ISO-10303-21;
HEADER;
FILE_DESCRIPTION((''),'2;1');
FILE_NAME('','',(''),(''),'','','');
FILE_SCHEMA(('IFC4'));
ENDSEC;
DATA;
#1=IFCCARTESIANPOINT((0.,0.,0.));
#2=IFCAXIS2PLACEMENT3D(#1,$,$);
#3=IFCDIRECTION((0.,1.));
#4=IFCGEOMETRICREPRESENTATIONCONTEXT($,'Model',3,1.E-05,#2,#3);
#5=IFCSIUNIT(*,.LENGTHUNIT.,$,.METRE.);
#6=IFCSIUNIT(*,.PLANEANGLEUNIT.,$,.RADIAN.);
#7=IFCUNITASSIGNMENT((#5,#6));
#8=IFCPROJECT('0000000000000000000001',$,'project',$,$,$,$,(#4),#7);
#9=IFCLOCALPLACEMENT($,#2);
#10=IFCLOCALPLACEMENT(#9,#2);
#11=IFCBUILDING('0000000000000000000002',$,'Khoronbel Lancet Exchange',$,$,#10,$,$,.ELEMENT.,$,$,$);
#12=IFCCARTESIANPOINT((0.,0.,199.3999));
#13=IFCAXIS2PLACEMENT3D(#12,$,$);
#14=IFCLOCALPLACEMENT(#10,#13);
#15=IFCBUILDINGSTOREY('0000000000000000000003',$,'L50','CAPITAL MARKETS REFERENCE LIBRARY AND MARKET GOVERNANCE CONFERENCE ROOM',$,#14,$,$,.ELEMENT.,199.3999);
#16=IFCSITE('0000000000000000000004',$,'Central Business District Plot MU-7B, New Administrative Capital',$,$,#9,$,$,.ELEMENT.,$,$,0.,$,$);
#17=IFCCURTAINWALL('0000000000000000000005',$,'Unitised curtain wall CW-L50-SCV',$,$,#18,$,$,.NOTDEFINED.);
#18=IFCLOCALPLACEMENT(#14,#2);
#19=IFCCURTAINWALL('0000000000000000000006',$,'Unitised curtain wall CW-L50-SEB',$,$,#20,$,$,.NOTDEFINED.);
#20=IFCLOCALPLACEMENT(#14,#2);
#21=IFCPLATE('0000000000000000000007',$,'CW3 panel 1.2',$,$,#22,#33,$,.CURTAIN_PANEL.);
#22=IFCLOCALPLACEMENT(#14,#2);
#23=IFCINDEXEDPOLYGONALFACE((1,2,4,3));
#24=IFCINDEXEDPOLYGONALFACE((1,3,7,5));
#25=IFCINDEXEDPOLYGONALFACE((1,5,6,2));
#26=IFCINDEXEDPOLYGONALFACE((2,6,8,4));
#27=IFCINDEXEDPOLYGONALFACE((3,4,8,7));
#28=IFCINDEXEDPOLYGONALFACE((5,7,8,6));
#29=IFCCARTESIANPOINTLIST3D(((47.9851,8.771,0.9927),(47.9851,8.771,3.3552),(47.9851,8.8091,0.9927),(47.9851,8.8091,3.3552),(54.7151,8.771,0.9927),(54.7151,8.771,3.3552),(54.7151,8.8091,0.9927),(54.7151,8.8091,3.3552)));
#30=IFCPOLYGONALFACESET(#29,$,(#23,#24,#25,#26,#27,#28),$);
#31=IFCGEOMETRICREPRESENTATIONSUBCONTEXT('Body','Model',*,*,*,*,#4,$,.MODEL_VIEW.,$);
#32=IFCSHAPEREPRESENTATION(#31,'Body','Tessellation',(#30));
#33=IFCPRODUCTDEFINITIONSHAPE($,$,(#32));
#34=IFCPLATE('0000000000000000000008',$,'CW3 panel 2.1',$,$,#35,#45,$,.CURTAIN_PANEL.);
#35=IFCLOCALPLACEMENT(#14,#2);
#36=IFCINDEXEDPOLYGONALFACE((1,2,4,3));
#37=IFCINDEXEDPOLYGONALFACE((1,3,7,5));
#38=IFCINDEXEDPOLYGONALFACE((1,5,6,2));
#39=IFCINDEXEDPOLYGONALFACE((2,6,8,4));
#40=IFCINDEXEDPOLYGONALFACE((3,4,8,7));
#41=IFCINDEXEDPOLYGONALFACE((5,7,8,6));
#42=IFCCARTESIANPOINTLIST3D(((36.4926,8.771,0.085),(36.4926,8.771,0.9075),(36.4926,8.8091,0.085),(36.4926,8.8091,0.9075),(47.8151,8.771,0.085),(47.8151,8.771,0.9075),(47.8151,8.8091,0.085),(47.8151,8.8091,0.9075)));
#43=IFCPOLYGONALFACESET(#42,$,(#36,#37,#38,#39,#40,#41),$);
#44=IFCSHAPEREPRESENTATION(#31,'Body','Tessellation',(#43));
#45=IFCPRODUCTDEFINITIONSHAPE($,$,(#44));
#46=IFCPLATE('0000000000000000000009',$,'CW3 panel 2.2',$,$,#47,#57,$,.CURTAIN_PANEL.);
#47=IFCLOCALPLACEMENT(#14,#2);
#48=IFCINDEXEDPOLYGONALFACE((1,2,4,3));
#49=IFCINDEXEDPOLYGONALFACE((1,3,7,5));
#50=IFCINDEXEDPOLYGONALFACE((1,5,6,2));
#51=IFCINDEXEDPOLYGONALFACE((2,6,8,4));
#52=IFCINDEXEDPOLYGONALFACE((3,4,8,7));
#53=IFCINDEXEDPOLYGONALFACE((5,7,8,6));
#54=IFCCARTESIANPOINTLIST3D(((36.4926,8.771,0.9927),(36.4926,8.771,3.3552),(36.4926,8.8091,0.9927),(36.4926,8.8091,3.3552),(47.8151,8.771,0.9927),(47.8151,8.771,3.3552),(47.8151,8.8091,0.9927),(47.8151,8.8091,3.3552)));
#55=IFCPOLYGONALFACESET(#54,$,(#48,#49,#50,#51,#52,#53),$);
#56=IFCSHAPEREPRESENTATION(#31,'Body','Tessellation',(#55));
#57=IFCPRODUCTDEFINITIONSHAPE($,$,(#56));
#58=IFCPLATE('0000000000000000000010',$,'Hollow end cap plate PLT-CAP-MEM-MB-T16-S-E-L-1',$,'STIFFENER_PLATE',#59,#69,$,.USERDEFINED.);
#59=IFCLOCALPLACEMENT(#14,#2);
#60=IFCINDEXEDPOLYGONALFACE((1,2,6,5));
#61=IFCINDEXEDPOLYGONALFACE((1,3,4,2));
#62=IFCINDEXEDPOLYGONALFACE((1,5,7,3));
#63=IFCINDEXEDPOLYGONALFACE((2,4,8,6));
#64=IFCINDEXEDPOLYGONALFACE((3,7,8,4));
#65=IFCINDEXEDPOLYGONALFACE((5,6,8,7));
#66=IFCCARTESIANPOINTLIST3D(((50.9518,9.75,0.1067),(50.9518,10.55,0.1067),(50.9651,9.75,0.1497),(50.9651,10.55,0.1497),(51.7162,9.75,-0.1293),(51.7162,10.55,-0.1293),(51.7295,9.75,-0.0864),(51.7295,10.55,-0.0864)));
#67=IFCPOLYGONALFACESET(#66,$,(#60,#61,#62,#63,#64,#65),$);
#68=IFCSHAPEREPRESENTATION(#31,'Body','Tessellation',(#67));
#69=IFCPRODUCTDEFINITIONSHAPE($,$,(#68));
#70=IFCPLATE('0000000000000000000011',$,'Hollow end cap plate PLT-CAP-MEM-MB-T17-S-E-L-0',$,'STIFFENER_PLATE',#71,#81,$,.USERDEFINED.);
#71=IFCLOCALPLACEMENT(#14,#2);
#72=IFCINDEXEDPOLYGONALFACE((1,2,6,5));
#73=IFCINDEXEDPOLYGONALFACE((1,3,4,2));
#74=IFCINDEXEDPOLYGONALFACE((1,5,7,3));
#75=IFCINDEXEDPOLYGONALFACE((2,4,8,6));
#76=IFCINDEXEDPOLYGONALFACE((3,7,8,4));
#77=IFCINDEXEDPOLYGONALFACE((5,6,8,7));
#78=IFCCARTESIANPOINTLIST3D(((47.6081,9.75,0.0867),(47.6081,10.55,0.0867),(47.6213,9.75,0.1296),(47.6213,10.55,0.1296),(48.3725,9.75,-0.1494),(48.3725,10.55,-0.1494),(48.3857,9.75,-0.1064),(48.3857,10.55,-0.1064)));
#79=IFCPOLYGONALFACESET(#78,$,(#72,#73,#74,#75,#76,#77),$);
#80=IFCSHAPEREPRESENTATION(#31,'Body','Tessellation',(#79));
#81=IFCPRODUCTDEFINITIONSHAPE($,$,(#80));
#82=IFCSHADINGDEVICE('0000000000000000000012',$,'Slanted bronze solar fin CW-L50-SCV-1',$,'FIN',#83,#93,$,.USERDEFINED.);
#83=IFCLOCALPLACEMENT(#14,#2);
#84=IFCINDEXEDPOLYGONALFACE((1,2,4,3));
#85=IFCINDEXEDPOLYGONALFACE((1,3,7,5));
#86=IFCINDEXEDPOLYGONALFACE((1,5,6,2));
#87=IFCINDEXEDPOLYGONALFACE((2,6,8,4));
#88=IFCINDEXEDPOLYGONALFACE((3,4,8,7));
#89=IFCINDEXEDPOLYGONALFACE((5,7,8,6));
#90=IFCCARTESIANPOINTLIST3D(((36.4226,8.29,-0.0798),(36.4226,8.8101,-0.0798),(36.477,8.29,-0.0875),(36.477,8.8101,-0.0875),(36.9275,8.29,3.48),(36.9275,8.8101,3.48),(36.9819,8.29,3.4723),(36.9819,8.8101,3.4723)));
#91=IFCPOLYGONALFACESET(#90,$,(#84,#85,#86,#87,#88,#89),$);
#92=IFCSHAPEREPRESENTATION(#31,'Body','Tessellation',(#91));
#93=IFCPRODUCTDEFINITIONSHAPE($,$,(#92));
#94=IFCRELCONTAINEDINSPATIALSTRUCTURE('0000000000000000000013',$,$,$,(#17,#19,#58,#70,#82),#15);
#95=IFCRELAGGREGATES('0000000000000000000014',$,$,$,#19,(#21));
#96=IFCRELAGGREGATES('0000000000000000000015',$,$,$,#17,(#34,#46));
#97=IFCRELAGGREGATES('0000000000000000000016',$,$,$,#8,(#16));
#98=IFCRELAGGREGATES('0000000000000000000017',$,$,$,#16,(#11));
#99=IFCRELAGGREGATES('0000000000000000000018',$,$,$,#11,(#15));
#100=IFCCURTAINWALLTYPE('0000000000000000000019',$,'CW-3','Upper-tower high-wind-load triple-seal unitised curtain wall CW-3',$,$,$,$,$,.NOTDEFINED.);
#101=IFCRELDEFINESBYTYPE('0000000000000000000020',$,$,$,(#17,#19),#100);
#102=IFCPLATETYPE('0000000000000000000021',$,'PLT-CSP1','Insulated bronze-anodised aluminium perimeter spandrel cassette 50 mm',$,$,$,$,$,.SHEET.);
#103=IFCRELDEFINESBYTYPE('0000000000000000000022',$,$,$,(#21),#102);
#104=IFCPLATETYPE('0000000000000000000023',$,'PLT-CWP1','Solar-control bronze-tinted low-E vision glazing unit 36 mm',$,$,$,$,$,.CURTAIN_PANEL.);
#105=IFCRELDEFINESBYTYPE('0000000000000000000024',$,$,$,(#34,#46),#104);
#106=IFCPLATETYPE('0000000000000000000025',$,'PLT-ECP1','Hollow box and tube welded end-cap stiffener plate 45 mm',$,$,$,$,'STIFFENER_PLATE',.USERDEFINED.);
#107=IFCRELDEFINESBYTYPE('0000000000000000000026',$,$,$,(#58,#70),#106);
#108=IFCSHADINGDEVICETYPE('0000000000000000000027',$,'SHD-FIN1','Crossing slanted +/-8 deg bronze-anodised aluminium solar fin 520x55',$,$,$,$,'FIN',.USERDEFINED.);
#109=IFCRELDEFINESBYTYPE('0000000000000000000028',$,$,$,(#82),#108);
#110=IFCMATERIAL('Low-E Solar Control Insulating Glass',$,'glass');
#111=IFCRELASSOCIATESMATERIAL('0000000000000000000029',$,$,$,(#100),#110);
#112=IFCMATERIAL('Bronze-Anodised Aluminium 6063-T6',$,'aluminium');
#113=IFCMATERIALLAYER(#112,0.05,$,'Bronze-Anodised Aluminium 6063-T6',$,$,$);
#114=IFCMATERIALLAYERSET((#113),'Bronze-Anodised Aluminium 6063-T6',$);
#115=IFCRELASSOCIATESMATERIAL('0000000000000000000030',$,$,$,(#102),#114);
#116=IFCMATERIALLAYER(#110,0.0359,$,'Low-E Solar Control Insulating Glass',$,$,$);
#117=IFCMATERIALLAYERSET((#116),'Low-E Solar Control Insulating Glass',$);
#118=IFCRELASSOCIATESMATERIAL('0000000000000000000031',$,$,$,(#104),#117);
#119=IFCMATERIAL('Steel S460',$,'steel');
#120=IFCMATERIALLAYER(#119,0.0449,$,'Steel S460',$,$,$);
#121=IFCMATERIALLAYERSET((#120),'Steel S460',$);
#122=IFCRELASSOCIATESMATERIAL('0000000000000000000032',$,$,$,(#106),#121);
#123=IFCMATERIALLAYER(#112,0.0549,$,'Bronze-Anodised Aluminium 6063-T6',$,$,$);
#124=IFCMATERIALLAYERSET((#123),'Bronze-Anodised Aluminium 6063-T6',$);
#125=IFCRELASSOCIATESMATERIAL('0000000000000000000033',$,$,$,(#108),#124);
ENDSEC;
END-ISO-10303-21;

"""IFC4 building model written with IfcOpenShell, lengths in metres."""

from ifc_helpers import new_model, si_unit, direction, frame, origin, origin_2d, place, context, subcontext, project, spatial, polyline, rectangle, outline, extrude, material, layer, layer_set, type_object, element, aggregate, save


model = new_model("IFC4")

# Units and contexts
model_context = context("Model", 3, precision=1e-05, world=origin(), true_north=direction((0.0, 1.0)))
body_context = subcontext(model_context, "Body", "Model", "MODEL_VIEW")
ifc_project = project(units=[si_unit("LENGTHUNIT", "METRE"), si_unit("PLANEANGLEUNIT", "RADIAN")], contexts=[model_context])

# Site, building, storey
site_placement = place(None, origin())
site = spatial("IfcSite", under=ifc_project, at=site_placement, Name="Central Business District Plot MU-7B, New Administrative Capital", CompositionType="ELEMENT", RefElevation=0.0)
building_placement = place(site_placement, origin())
building = spatial("IfcBuilding", under=site, at=building_placement, Name="Khoronbel Lancet Exchange", CompositionType="ELEMENT")
storey_placement = place(building_placement, frame((0.0, 0.0, 199.3999)))
storey = spatial("IfcBuildingStorey", under=building, at=storey_placement, Name="L50", Description="CAPITAL MARKETS REFERENCE LIBRARY AND MARKET GOVERNANCE CONFERENCE ROOM", CompositionType="ELEMENT", Elevation=199.3999)

# Shared definitions
ifc_material_1 = material(Name="Steel S460", Category="steel")

# Curtain wall
ifc_material_2 = material(Name="Low-E Solar Control Insulating Glass", Category="glass")
curtain_wall_type = type_object("IfcCurtainWallType", Name="CW-3", Description="Upper-tower high-wind-load triple-seal unitised curtain wall CW-3", PredefinedType="NOTDEFINED", material=ifc_material_2)
curtain_wall_1_placement = place(storey_placement, origin())
curtain_wall_1 = element("IfcCurtainWall", 1, at=curtain_wall_1_placement, inside=storey, type_object=curtain_wall_type, Name="Unitised curtain wall CW-L50-SCV", PredefinedType="NOTDEFINED")
ifc_material_3 = material(Name="Bronze-Anodised Aluminium 6063-T6", Category="aluminium")

# Curtain wall
curtain_wall_2_placement = place(storey_placement, origin())
curtain_wall_2 = element("IfcCurtainWall", 2, at=curtain_wall_2_placement, inside=storey, type_object=curtain_wall_type, Name="Unitised curtain wall CW-L50-SEB", PredefinedType="NOTDEFINED")

# Plates
ifc_layer_1 = layer(ifc_material_3, 0.05, Name="Bronze-Anodised Aluminium 6063-T6")
ifc_layer_set_1 = layer_set([ifc_layer_1], Name="Bronze-Anodised Aluminium 6063-T6")
plate_type_1 = type_object("IfcPlateType", Name="PLT-CSP1", Description="Insulated bronze-anodised aluminium perimeter spandrel cassette 50 mm", PredefinedType="SHEET", material=ifc_layer_set_1)
plate_1_placement = place(storey_placement, frame((51.3501, 8.79, 0.9927), z_axis=(0.0, 0.0, 1.0), x_axis=(1.0, 0.0, 0.0)))
plate_1 = element("IfcPlate", 3, at=plate_1_placement, type_object=plate_type_1, Name="CW3 panel 1.2", PredefinedType="CURTAIN_PANEL", context=body_context, shape_type="SweptSolid", body=[
    extrude(rectangle(XDim=6.73, YDim=0.0381, at=origin_2d()), origin(), (0.0, 0.0, 1.0), 2.3625),
])
aggregate(curtain_wall_2, [plate_1])
ifc_layer_2 = layer(ifc_material_2, 0.0359, Name="Low-E Solar Control Insulating Glass")
ifc_layer_set_2 = layer_set([ifc_layer_2], Name="Low-E Solar Control Insulating Glass")
plate_type_2 = type_object("IfcPlateType", Name="PLT-CWP1", Description="Solar-control bronze-tinted low-E vision glazing unit 36 mm", PredefinedType="CURTAIN_PANEL", material=ifc_layer_set_2)
plate_2_placement = place(storey_placement, frame((42.1538, 8.79, 0.085), z_axis=(0.0, 0.0, 1.0), x_axis=(1.0, 0.0, 0.0)))
plate_2 = element("IfcPlate", 4, at=plate_2_placement, type_object=plate_type_2, Name="CW3 panel 2.1", PredefinedType="CURTAIN_PANEL", context=body_context, shape_type="SweptSolid", body=[
    extrude(rectangle(XDim=11.3225, YDim=0.0381, at=origin_2d()), origin(), (0.0, 0.0, 1.0), 0.8225),
])
plate_3_placement = place(storey_placement, frame((42.1538, 8.79, 0.9927), z_axis=(0.0, 0.0, 1.0), x_axis=(1.0, 0.0, 0.0)))
plate_3 = element("IfcPlate", 5, at=plate_3_placement, type_object=plate_type_2, Name="CW3 panel 2.2", PredefinedType="CURTAIN_PANEL", context=body_context, shape_type="SweptSolid", body=[
    extrude(rectangle(XDim=11.3225, YDim=0.0381, at=origin_2d()), origin(), (0.0, 0.0, 1.0), 2.3625),
])
aggregate(curtain_wall_1, [plate_2, plate_3])

# Plates
ifc_layer_3 = layer(ifc_material_1, 0.0449, Name="Steel S460")
ifc_layer_set_3 = layer_set([ifc_layer_3], Name="Steel S460")
plate_type_3 = type_object("IfcPlateType", Name="PLT-ECP1", Description="Hollow box and tube welded end-cap stiffener plate 45 mm", ElementType="STIFFENER_PLATE", PredefinedType="USERDEFINED", material=ifc_layer_set_3)
for number, where, z_axis, x_axis, name in (
    (6, (51.7295, 9.75, -0.0864), (0.295094, 0.0, 0.955468), (0.0, 1.0, 0.0), "Hollow end cap plate PLT-CAP-MEM-MB-T16-S-E-L-1"),
    (7, (48.3857, 9.75, -0.1064), (0.295094, 0.0, 0.955468), (0.0, 1.0, 0.0), "Hollow end cap plate PLT-CAP-MEM-MB-T17-S-E-L-0"),
):
    element("IfcPlate", number, at=place(storey_placement, frame(where, z_axis=z_axis, x_axis=x_axis)), inside=storey, type_object=plate_type_3, Name=name, ObjectType="STIFFENER_PLATE", PredefinedType="USERDEFINED", context=body_context, shape_type="SweptSolid", body=[
        extrude(outline(polyline([(0.0, 0.0), (0.8, 0.0), (0.8, 0.8), (0.0, 0.8), (0.0, 0.0)])), origin(), (0.0, 0.0, -1.0), 0.0449),
    ])

# Shading device
ifc_layer_4 = layer(ifc_material_3, 0.0549, Name="Bronze-Anodised Aluminium 6063-T6")
ifc_layer_set_4 = layer_set([ifc_layer_4], Name="Bronze-Anodised Aluminium 6063-T6")
shading_device_type = type_object("IfcShadingDeviceType", Name="SHD-FIN1", Description="Crossing slanted +/-8 deg bronze-anodised aluminium solar fin 520x55", ElementType="FIN", PredefinedType="USERDEFINED", material=ifc_layer_set_4)
shading_device_placement = place(storey_placement, frame((36.4226, 8.8101, -0.0798), z_axis=(-0.990092, 0.0, 0.140423), x_axis=(0.0, -1.0, 0.0)))
element("IfcShadingDevice", 8, at=shading_device_placement, inside=storey, type_object=shading_device_type, Name="Slanted bronze solar fin CW-L50-SCV-1", ObjectType="FIN", PredefinedType="USERDEFINED", context=body_context, shape_type="SweptSolid", body=[
    extrude(outline(polyline([(0.0, 0.0), (0.52, 0.0), (0.52, 3.5955), (0.0, 3.5955), (0.0, 0.0)])), origin(), (0.0, 0.0, -1.0), 0.0549),
])

save(model, "model.ifc")
